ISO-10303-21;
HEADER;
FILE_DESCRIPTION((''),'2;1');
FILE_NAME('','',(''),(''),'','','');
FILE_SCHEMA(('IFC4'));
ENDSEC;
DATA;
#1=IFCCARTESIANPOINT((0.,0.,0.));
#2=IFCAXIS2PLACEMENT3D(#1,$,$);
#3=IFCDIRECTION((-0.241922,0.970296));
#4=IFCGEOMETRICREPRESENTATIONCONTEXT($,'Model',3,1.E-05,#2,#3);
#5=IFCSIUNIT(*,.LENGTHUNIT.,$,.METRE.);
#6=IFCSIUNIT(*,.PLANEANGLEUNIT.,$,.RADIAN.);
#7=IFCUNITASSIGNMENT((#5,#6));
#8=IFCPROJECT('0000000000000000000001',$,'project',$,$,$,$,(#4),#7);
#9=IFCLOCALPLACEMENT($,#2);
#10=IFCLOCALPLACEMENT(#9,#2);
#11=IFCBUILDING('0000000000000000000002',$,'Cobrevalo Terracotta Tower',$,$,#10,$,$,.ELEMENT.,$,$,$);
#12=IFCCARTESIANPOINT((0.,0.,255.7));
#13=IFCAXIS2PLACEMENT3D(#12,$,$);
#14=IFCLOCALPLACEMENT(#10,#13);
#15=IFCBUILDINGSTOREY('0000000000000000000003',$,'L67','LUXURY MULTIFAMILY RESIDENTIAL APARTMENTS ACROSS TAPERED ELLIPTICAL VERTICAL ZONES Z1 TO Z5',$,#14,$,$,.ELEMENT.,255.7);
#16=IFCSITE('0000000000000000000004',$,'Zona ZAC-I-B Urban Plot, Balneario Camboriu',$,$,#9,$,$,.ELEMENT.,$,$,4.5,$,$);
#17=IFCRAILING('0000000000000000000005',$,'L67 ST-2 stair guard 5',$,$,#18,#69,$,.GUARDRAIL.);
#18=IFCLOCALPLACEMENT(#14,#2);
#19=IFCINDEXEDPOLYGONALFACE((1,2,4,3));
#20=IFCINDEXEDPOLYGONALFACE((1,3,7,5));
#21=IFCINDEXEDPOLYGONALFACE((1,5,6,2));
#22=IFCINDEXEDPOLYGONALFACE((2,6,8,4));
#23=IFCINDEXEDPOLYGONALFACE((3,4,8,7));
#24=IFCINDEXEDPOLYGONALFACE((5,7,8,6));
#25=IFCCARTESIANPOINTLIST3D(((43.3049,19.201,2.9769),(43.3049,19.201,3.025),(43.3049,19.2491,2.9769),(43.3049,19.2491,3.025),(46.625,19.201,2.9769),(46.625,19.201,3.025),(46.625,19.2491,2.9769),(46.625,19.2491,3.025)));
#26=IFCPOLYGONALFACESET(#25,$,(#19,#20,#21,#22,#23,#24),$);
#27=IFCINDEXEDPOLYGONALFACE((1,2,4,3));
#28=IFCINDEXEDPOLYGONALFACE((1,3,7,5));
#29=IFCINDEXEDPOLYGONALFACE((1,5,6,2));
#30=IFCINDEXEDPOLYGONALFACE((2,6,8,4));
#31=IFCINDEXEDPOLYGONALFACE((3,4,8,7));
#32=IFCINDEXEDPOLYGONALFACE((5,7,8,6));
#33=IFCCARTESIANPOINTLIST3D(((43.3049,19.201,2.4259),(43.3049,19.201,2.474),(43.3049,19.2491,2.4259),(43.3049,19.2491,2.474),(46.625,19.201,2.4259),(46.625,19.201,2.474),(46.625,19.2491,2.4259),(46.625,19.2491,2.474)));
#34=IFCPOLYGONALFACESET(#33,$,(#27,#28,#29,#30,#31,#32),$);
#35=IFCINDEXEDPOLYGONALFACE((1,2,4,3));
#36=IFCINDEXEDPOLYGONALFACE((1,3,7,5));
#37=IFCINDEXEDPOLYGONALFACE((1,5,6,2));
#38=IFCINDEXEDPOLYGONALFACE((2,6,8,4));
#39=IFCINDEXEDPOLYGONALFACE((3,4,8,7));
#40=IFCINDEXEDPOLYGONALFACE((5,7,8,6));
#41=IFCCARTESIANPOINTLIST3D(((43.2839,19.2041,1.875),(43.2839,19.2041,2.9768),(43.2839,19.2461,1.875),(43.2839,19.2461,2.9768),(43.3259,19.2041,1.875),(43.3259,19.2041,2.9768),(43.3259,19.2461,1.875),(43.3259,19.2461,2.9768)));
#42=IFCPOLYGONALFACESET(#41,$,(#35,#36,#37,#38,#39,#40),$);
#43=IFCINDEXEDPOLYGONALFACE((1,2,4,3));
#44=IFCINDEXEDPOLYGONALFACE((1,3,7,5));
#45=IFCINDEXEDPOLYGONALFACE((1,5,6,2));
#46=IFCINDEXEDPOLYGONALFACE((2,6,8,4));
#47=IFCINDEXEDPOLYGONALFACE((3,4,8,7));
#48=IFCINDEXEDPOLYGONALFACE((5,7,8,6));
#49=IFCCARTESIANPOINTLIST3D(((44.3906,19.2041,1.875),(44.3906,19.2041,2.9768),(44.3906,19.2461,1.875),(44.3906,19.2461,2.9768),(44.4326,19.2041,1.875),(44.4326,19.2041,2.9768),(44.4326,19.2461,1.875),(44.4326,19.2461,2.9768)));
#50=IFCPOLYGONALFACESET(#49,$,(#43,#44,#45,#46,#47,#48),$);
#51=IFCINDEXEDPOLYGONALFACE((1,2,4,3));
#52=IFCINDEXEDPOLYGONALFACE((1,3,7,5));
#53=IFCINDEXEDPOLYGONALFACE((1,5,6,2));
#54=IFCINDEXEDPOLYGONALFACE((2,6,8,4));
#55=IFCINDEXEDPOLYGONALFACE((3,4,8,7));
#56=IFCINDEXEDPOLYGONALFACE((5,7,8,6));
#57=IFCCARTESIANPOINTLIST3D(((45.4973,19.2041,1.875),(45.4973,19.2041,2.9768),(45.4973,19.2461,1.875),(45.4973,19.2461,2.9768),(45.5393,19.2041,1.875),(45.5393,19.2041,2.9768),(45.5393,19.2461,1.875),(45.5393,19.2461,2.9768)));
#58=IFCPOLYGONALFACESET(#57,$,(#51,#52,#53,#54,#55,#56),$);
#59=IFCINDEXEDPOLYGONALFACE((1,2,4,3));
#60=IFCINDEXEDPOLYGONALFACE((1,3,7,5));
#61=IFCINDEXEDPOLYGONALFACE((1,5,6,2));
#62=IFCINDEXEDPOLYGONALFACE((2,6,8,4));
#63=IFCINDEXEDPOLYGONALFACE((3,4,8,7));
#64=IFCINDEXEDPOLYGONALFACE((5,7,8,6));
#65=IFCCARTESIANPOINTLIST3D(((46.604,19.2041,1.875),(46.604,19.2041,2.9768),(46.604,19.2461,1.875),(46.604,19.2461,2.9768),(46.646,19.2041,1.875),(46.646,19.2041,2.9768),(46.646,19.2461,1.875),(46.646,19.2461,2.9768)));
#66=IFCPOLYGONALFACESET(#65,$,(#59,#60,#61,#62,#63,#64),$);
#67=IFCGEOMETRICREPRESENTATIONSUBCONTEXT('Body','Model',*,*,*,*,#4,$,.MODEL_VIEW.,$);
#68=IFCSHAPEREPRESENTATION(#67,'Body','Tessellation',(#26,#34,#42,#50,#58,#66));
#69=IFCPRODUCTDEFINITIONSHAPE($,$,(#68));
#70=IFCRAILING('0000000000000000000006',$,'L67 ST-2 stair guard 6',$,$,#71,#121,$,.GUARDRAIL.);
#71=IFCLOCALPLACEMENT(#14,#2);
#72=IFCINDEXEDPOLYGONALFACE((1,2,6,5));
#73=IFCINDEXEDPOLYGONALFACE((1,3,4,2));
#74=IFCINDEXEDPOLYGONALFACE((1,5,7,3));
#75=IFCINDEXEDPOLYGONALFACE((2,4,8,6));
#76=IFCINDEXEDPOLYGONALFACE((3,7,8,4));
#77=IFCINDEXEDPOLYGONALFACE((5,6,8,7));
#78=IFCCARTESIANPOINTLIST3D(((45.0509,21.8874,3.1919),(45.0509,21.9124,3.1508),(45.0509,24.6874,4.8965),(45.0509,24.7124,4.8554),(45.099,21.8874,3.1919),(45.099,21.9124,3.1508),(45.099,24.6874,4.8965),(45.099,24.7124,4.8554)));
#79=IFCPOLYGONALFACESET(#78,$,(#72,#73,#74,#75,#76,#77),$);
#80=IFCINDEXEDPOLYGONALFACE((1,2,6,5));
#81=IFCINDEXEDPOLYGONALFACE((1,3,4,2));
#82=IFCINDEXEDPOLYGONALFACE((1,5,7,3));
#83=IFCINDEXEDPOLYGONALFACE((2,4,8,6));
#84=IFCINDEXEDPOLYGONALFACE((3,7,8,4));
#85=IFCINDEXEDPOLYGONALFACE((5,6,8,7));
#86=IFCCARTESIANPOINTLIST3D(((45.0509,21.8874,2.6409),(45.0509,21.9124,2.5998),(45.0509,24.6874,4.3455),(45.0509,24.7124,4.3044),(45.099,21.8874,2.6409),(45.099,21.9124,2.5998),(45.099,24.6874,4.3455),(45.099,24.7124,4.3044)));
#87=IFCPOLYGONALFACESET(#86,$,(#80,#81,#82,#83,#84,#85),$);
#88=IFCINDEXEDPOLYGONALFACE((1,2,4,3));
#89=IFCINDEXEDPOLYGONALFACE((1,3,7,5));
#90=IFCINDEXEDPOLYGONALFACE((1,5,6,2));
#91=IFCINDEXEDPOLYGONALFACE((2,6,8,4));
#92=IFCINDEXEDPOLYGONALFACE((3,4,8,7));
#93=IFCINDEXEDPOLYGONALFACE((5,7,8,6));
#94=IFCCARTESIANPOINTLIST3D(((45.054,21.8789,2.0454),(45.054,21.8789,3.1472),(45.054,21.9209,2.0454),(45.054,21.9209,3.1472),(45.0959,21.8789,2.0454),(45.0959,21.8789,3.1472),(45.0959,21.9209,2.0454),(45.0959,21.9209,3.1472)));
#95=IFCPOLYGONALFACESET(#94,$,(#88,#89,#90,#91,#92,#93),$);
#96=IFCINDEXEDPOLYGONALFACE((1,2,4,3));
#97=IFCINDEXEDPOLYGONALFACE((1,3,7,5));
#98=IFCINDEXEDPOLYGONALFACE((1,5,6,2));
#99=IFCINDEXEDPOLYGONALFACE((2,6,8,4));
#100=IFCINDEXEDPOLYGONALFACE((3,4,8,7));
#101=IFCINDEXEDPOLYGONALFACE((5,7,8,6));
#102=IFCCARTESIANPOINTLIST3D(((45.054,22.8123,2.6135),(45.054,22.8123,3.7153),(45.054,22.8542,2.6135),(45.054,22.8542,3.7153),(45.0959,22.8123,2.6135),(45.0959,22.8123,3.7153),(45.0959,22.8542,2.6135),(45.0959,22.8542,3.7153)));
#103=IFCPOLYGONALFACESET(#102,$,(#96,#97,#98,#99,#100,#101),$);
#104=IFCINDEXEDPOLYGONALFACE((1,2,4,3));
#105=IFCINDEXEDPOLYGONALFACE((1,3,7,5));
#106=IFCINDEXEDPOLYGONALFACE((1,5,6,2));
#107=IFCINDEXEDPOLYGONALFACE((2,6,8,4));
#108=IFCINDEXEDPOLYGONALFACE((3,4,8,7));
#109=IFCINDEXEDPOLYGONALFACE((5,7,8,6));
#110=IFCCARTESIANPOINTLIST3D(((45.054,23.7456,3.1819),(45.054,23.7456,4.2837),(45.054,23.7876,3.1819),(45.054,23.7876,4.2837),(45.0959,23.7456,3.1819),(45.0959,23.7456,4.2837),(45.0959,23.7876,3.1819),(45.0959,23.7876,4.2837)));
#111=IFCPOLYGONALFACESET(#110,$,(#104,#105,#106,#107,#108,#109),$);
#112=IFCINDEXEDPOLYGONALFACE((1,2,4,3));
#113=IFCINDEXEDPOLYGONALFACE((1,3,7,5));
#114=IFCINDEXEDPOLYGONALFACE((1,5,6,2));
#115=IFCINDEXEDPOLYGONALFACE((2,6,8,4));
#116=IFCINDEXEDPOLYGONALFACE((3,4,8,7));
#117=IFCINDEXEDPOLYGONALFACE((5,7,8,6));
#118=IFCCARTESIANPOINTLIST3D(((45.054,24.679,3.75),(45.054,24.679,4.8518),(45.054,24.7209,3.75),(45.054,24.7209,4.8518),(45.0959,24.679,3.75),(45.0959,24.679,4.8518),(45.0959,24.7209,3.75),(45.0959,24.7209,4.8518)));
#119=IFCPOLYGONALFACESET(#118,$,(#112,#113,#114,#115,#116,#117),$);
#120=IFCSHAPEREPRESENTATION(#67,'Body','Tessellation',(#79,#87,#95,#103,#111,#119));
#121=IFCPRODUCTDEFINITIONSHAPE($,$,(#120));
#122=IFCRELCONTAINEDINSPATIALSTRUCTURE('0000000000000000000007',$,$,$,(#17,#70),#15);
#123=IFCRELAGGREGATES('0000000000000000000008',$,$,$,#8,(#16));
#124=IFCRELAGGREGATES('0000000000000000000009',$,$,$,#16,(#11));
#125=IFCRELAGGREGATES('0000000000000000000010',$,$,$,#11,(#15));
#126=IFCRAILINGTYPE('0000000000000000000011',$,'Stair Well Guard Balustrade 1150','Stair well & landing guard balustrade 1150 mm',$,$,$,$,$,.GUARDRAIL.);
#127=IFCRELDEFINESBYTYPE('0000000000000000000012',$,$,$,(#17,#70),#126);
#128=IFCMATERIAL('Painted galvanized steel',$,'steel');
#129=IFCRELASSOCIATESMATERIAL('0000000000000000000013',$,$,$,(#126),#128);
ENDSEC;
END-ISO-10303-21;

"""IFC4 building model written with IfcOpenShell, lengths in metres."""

from ifc_helpers import new_model, si_unit, direction, frame, origin, origin_2d, place, context, subcontext, project, spatial, rectangle, extrude, material, type_object, element, save


model = new_model("IFC4")

# Units and contexts
model_context = context("Model", 3, precision=1e-05, world=origin(), true_north=direction((-0.241922, 0.970296)))
body_context = subcontext(model_context, "Body", "Model", "MODEL_VIEW")
ifc_project = project(units=[si_unit("LENGTHUNIT", "METRE"), si_unit("PLANEANGLEUNIT", "RADIAN")], contexts=[model_context])

# Site, building, storey
site_placement = place(None, origin())
site = spatial("IfcSite", under=ifc_project, at=site_placement, Name="Zona ZAC-I-B Urban Plot, Balneario Camboriu", CompositionType="ELEMENT", RefElevation=4.5)
building_placement = place(site_placement, origin())
building = spatial("IfcBuilding", under=site, at=building_placement, Name="Cobrevalo Terracotta Tower", CompositionType="ELEMENT")
storey_placement = place(building_placement, frame((0.0, 0.0, 255.7)))
storey = spatial("IfcBuildingStorey", under=building, at=storey_placement, Name="L67", Description="LUXURY MULTIFAMILY RESIDENTIAL APARTMENTS ACROSS TAPERED ELLIPTICAL VERTICAL ZONES Z1 TO Z5", CompositionType="ELEMENT", Elevation=255.7)

# Railings
ifc_material_1 = material(Name="Painted galvanized steel", Category="steel")
railing_type_1 = type_object("IfcRailingType", Name="Stair Well Guard Balustrade 1150", Description="Stair well & landing guard balustrade 1150 mm", PredefinedType="GUARDRAIL", material=ifc_material_1)
railing_1_placement = place(storey_placement, frame((43.3049, 19.2251, 1.875)))
element("IfcRailing", 1, at=railing_1_placement, inside=storey, type_object=railing_type_1, Name="L67 ST-2 stair guard 5", PredefinedType="GUARDRAIL", context=body_context, shape_type="SweptSolid", body=[
    extrude(rectangle(XDim=0.0481, YDim=0.0481, at=origin_2d()), frame((0.0, 0.0, 1.126), z_axis=(1.0, 0.0, 0.0), x_axis=(0.0, 1.0, 0.0)), (0.0, 0.0, 1.0), 3.3201),
    extrude(rectangle(XDim=0.0481, YDim=0.0481, at=origin_2d()), frame((0.0, 0.0, 0.575), z_axis=(1.0, 0.0, 0.0), x_axis=(0.0, 1.0, 0.0)), (0.0, 0.0, 1.0), 3.3201),
    extrude(rectangle(XDim=0.042, YDim=0.042, at=origin_2d()), origin(), (0.0, 0.0, 1.0), 1.1018),
    extrude(rectangle(XDim=0.042, YDim=0.042, at=origin_2d()), frame((1.1067, 0.0, 0.0)), (0.0, 0.0, 1.0), 1.1018),
    extrude(rectangle(XDim=0.042, YDim=0.042, at=origin_2d()), frame((2.2134, 0.0, 0.0)), (0.0, 0.0, 1.0), 1.1018),
    extrude(rectangle(XDim=0.042, YDim=0.042, at=origin_2d()), frame((3.3201, 0.0, 0.0)), (0.0, 0.0, 1.0), 1.1018),
])
railing_2_placement = place(storey_placement, frame((45.075, 21.8999, 2.0454)))
element("IfcRailing", 2, at=railing_2_placement, inside=storey, type_object=railing_type_1, Name="L67 ST-2 stair guard 6", PredefinedType="GUARDRAIL", context=body_context, shape_type="SweptSolid", body=[
    extrude(rectangle(XDim=0.0481, YDim=0.0481, at=origin_2d()), frame((0.0, 0.0, 1.126), z_axis=(0.0, 0.85417, 0.519994), x_axis=(-1.0, 0.0, 0.0)), (0.0, 0.0, 1.0), 3.2781),
    extrude(rectangle(XDim=0.0481, YDim=0.0481, at=origin_2d()), frame((0.0, 0.0, 0.575), z_axis=(0.0, 0.85417, 0.519994), x_axis=(-1.0, 0.0, 0.0)), (0.0, 0.0, 1.0), 3.2781),
    extrude(rectangle(XDim=0.042, YDim=0.042, at=origin_2d()), origin(), (0.0, 0.0, 1.0), 1.1018),
    extrude(rectangle(XDim=0.042, YDim=0.042, at=origin_2d()), frame((0.0, 0.9333, 0.5681)), (0.0, 0.0, 1.0), 1.1018),
    extrude(rectangle(XDim=0.042, YDim=0.042, at=origin_2d()), frame((0.0, 1.8667, 1.1365)), (0.0, 0.0, 1.0), 1.1018),
    extrude(rectangle(XDim=0.042, YDim=0.042, at=origin_2d()), frame((0.0, 2.8, 1.7046)), (0.0, 0.0, 1.0), 1.1018),
])

save(model, "model.ifc")
